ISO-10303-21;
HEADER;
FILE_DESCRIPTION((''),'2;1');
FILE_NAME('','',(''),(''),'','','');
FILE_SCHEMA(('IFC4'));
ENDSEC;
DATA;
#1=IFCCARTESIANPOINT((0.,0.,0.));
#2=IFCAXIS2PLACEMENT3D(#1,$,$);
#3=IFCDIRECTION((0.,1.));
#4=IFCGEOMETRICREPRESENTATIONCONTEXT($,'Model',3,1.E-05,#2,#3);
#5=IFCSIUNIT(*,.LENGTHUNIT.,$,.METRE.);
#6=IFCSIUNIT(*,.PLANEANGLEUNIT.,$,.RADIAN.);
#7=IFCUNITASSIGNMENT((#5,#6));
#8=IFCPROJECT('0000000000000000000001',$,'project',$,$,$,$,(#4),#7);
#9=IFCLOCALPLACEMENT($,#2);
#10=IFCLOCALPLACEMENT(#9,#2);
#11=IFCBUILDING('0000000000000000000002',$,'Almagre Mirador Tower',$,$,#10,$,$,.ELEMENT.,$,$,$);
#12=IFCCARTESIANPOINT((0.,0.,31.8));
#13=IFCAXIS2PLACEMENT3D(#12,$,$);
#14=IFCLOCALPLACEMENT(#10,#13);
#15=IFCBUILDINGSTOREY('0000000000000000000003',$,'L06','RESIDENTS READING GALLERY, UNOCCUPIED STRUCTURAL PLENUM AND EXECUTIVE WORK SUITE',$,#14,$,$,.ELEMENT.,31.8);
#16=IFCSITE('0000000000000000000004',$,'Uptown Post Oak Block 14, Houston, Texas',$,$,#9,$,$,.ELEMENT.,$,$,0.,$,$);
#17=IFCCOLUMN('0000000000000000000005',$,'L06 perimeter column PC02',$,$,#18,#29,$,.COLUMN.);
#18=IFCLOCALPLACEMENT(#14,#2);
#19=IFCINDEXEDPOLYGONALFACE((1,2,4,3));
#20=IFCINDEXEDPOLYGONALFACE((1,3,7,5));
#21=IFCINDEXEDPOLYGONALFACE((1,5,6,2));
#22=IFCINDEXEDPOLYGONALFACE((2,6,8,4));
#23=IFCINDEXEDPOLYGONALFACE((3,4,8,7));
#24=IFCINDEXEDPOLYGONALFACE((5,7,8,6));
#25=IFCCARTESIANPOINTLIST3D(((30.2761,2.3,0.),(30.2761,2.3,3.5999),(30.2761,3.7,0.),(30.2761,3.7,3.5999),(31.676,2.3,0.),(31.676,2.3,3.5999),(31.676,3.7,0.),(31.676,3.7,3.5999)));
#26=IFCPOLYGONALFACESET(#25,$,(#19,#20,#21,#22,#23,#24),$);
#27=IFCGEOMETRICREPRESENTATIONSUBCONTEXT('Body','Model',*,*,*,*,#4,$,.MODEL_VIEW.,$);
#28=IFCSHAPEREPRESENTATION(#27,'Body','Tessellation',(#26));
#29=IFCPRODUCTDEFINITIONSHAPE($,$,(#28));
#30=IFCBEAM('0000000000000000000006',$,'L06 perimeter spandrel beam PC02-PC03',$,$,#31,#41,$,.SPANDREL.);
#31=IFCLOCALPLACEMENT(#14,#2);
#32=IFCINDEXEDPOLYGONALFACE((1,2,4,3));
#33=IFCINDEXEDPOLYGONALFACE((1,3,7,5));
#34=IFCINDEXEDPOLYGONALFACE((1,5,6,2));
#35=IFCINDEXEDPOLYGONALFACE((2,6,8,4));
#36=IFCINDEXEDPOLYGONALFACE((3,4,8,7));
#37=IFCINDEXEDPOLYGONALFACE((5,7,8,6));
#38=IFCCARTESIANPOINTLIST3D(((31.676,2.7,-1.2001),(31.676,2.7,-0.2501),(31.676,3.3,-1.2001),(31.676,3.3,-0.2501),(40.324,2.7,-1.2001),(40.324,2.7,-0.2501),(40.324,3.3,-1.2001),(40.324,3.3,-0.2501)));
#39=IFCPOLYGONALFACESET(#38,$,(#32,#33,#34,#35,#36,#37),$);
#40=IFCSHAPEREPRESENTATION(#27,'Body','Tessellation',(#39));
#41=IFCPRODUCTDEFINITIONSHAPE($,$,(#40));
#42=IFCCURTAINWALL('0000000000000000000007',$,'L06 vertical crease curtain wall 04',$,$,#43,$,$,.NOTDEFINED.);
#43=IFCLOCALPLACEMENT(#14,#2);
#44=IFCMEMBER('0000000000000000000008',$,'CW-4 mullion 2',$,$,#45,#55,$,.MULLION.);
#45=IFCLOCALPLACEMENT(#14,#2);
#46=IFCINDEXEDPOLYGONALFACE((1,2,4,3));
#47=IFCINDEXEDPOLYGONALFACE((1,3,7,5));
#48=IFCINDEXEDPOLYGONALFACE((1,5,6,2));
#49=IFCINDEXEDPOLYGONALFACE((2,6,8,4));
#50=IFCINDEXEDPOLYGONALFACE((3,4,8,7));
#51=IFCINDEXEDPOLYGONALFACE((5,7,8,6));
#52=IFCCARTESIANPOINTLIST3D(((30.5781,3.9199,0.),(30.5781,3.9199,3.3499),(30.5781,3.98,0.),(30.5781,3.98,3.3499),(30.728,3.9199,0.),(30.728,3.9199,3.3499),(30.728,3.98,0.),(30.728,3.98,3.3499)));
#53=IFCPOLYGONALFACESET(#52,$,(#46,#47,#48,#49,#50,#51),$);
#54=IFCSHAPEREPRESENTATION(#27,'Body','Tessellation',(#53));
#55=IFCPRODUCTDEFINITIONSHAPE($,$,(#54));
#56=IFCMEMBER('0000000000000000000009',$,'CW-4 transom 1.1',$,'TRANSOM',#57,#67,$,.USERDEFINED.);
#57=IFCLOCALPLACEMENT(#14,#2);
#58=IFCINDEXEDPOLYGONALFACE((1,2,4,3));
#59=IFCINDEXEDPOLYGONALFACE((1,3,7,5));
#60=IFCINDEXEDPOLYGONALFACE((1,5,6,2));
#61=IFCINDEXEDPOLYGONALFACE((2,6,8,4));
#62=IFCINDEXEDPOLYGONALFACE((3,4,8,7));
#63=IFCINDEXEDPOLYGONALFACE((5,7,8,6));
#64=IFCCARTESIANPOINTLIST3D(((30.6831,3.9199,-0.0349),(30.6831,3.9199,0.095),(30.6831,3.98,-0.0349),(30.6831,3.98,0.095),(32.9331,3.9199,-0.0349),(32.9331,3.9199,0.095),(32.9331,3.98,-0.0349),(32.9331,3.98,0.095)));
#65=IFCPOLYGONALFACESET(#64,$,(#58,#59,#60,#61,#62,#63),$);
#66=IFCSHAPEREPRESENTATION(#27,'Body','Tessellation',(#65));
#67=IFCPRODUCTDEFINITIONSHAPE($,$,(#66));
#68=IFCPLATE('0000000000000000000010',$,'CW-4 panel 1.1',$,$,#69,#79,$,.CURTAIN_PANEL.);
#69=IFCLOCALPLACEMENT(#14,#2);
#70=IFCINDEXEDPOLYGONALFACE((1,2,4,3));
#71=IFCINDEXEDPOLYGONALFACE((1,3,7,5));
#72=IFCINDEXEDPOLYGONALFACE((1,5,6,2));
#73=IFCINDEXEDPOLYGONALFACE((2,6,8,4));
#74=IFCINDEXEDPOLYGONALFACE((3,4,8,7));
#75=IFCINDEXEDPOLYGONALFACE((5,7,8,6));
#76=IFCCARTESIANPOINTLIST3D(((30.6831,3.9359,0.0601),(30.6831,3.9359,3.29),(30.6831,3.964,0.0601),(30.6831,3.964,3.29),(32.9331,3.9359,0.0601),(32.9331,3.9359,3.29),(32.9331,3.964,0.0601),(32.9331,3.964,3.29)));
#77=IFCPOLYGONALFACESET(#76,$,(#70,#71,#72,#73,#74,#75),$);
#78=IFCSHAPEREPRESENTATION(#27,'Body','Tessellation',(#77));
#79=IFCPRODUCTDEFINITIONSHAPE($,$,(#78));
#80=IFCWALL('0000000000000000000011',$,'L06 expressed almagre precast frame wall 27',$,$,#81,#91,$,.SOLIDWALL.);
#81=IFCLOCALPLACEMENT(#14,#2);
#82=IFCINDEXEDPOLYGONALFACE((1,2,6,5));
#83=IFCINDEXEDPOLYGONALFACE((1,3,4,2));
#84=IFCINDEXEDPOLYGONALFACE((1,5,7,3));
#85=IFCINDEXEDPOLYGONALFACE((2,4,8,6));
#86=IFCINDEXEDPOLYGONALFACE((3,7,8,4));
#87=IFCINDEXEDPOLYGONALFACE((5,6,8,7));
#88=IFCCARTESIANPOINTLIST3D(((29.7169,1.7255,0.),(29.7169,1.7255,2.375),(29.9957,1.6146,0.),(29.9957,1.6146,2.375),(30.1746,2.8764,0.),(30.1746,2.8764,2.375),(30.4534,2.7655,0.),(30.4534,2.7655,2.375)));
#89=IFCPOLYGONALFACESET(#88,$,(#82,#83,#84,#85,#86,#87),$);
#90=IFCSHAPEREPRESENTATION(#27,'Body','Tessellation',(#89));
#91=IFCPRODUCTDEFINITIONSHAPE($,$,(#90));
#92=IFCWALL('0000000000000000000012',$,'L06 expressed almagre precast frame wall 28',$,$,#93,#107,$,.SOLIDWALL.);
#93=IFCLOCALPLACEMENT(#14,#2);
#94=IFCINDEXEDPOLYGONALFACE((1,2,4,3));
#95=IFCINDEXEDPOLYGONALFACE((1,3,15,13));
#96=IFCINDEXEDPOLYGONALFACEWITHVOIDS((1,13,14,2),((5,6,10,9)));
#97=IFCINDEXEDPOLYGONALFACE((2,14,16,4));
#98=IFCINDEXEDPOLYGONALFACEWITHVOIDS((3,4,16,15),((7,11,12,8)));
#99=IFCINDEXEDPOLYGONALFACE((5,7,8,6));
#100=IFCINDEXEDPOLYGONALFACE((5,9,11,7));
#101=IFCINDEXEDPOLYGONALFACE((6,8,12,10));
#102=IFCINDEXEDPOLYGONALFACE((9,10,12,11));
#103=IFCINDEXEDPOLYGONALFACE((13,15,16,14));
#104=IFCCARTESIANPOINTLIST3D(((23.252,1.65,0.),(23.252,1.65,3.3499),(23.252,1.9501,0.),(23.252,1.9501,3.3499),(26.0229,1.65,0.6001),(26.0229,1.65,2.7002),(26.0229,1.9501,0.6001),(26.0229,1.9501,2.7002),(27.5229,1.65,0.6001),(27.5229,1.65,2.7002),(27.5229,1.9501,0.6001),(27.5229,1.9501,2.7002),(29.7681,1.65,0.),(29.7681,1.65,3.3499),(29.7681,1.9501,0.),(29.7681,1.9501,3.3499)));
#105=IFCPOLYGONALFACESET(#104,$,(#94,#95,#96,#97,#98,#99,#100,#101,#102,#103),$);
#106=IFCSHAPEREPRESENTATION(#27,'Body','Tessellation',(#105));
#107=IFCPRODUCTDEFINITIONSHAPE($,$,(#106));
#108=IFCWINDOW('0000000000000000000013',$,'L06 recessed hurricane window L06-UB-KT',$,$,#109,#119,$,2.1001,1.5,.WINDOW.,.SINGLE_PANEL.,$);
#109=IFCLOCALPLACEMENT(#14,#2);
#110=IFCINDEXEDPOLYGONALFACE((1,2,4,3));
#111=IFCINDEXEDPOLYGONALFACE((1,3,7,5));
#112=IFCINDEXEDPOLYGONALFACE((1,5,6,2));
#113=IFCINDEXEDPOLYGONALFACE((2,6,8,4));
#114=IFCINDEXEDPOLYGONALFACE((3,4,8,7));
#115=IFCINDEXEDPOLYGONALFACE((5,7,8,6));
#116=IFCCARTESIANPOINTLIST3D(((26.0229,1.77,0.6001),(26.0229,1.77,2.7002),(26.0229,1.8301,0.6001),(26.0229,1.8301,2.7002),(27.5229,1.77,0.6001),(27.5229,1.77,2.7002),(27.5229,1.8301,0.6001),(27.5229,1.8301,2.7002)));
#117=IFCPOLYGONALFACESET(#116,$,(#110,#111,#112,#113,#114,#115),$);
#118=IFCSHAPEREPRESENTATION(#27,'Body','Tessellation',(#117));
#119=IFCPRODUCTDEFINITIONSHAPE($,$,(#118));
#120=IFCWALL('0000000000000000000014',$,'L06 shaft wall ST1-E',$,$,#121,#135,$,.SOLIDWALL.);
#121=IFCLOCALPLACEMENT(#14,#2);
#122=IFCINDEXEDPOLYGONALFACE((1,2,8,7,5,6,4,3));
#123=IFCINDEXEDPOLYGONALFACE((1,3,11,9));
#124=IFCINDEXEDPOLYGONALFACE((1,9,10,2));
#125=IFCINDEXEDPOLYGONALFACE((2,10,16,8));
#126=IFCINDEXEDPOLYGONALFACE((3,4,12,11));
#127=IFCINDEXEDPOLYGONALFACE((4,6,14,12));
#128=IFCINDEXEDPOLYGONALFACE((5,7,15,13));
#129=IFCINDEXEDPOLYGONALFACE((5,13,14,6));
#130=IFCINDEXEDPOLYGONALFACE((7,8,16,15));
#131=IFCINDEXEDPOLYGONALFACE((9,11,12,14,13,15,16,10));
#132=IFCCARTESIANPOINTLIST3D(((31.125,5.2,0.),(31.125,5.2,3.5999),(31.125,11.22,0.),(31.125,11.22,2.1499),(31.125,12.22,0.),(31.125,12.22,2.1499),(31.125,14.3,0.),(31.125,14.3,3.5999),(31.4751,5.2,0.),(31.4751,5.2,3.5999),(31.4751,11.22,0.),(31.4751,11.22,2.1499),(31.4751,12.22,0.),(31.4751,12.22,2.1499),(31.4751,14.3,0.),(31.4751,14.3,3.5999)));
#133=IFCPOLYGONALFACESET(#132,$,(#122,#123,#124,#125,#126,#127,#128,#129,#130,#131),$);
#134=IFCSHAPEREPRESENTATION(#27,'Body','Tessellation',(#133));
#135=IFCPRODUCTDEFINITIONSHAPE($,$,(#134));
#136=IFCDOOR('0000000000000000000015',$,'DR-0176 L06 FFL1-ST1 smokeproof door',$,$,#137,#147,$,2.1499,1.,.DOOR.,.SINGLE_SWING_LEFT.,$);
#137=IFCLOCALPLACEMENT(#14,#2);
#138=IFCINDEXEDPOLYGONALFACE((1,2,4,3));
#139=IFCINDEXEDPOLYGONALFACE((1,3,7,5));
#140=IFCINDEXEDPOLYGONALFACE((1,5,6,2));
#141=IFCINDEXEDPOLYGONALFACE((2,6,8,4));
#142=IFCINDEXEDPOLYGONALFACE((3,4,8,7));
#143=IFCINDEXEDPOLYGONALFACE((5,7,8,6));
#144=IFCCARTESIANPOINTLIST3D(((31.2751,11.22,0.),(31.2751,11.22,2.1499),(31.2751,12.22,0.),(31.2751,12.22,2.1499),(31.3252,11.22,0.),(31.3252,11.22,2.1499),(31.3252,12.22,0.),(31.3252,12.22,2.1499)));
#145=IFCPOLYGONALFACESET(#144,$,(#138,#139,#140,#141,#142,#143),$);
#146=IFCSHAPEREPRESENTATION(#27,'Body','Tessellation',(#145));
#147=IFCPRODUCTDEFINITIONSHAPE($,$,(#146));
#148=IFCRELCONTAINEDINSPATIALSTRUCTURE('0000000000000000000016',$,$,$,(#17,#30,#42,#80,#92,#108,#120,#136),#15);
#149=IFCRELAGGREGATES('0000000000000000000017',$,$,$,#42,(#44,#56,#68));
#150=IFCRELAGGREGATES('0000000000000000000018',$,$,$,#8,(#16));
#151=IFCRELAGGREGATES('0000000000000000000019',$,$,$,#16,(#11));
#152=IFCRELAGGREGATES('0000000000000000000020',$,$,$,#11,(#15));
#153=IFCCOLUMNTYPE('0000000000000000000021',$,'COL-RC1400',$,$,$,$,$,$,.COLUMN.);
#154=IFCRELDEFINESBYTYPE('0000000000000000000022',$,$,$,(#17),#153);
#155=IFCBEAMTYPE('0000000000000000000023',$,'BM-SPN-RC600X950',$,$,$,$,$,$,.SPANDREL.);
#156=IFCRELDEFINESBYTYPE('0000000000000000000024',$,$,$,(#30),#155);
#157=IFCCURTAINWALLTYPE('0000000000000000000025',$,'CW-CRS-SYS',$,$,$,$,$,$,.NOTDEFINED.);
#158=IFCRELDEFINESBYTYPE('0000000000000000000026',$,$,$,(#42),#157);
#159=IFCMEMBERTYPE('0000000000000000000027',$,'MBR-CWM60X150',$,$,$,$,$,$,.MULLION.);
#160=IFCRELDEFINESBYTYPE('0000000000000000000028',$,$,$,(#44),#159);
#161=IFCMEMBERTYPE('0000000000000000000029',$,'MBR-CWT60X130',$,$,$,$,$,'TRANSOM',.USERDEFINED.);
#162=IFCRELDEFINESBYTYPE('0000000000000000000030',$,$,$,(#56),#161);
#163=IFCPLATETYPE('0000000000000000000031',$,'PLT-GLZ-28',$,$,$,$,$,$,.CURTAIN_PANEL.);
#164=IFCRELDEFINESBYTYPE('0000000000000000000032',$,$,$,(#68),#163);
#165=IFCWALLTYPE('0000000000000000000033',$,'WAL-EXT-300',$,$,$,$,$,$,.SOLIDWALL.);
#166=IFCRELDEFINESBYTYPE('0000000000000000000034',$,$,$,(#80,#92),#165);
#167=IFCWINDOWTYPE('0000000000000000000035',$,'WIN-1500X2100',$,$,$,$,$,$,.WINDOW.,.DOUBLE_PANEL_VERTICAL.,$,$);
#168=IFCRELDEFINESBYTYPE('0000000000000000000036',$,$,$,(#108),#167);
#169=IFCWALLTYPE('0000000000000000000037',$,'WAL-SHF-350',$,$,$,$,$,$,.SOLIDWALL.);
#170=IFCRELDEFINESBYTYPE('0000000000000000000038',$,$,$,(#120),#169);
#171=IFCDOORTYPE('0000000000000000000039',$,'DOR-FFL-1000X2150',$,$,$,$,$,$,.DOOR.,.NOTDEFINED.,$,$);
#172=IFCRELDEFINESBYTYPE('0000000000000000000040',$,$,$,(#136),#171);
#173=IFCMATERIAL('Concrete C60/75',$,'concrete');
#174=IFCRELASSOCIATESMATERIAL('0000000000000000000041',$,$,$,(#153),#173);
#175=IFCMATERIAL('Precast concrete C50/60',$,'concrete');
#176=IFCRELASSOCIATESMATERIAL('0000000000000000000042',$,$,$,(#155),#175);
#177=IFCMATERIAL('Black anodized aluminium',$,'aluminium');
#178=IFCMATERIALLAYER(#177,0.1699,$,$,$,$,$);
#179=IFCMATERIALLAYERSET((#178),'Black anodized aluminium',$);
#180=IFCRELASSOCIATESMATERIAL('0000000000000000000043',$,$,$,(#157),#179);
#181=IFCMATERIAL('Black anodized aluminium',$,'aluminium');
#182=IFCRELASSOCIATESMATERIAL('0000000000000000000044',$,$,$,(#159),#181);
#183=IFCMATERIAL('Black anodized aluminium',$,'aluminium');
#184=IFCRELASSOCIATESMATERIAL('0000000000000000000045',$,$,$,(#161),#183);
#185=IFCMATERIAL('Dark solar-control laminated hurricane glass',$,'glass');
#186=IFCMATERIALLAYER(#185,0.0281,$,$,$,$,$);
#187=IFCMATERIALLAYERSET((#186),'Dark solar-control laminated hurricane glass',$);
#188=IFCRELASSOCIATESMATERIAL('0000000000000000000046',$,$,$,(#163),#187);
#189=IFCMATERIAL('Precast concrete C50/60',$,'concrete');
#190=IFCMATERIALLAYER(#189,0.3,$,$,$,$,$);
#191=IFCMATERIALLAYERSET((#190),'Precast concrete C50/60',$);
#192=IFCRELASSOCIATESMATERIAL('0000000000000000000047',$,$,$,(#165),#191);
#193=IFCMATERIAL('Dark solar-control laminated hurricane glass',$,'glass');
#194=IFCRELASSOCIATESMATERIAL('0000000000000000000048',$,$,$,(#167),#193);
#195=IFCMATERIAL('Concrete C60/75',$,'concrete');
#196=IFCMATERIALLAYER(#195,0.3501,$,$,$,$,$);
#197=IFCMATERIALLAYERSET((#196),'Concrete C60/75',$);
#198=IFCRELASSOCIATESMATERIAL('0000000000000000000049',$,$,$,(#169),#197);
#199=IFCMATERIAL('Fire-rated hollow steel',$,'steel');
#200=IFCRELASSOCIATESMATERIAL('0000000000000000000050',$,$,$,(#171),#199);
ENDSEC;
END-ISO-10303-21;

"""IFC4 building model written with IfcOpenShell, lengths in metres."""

from ifc_helpers import new_model, si_unit, direction, frame, frame_2d, origin, origin_2d, place, context, subcontext, project, spatial, rectangle, extrude, material, layer, layer_set, material_profile, profile_set, type_object, element, fill, aggregate, save


model = new_model("IFC4")

# Units and contexts
model_context = context("Model", 3, precision=1e-05, world=origin(), true_north=direction((0.0, 1.0)))
body_context = subcontext(model_context, "Body", "Model", "MODEL_VIEW")
ifc_project = project(units=[si_unit("LENGTHUNIT", "METRE"), si_unit("PLANEANGLEUNIT", "RADIAN")], contexts=[model_context])

# Site, building, storey
site_placement = place(None, origin())
site = spatial("IfcSite", under=ifc_project, at=site_placement, Name="Uptown Post Oak Block 14, Houston, Texas", CompositionType="ELEMENT", RefElevation=0.0)
building_placement = place(site_placement, origin())
building = spatial("IfcBuilding", under=site, at=building_placement, Name="Almagre Mirador Tower", CompositionType="ELEMENT")
storey_placement = place(building_placement, frame((0.0, 0.0, 31.8)))
storey = spatial("IfcBuildingStorey", under=building, at=storey_placement, Name="L06", Description="RESIDENTS READING GALLERY, UNOCCUPIED STRUCTURAL PLENUM AND EXECUTIVE WORK SUITE", CompositionType="ELEMENT", Elevation=31.8)

# Column
ifc_material_1 = material(Name="Concrete C60/75", Category="concrete")
ifc_material_profile_1 = material_profile(ifc_material_1, rectangle(XDim=1.3999, YDim=1.3999, at=origin_2d()), Name="RC1400X1400")
ifc_profile_set_1 = profile_set([ifc_material_profile_1], Name="Concrete C60/75")
column_type = type_object("IfcColumnType", Name="COL-RC1400", PredefinedType="COLUMN", material=ifc_profile_set_1)
column_placement = place(storey_placement, frame((30.9761, 3.0, 0.0), z_axis=(0.0, 0.0, 1.0), x_axis=(1.0, 0.0, 0.0)))
element("IfcColumn", 1, at=column_placement, inside=storey, type_object=column_type, Name="L06 perimeter column PC02", PredefinedType="COLUMN", context=body_context, shape_type="SweptSolid", body=[
    extrude(rectangle(XDim=1.3999, YDim=1.3999, at=origin_2d()), origin(), (0.0, 0.0, 1.0), 3.5999),
])

# Beam
ifc_material_2 = material(Name="Precast concrete C50/60", Category="concrete")
ifc_material_profile_2 = material_profile(ifc_material_2, rectangle(XDim=0.6001, YDim=0.95, at=origin_2d()), Name="RC600X950")
ifc_profile_set_2 = profile_set([ifc_material_profile_2], Name="Precast concrete C50/60")
beam_type = type_object("IfcBeamType", Name="BM-SPN-RC600X950", PredefinedType="SPANDREL", material=ifc_profile_set_2)
beam_placement = place(storey_placement, frame((31.676, 3.0, -0.7251), z_axis=(1.0, 0.0, 0.0), x_axis=(0.0, 1.0, 0.0)))
element("IfcBeam", 2, at=beam_placement, inside=storey, type_object=beam_type, Name="L06 perimeter spandrel beam PC02-PC03", PredefinedType="SPANDREL", context=body_context, shape_type="SweptSolid", body=[
    extrude(rectangle(XDim=0.6001, YDim=0.95, at=origin_2d()), origin(), (0.0, 0.0, 1.0), 8.6479),
])

# Curtain wall, members, plate
ifc_material_3 = material(Name="Black anodized aluminium", Category="aluminium")
ifc_layer_1 = layer(ifc_material_3, 0.1699)
ifc_layer_set_1 = layer_set([ifc_layer_1], Name="Black anodized aluminium")
curtain_wall_type = type_object("IfcCurtainWallType", Name="CW-CRS-SYS", PredefinedType="NOTDEFINED", material=ifc_layer_set_1)
curtain_wall_placement = place(storey_placement, origin())
curtain_wall = element("IfcCurtainWall", 3, at=curtain_wall_placement, inside=storey, type_object=curtain_wall_type, Name="L06 vertical crease curtain wall 04", PredefinedType="NOTDEFINED")
ifc_material_4 = material(Name="Black anodized aluminium", Category="aluminium")
ifc_material_profile_3 = material_profile(ifc_material_4, rectangle(XDim=0.0601, YDim=0.1499, at=origin_2d()), Name="CWM60X150")
ifc_profile_set_3 = profile_set([ifc_material_profile_3], Name="Black anodized aluminium")
member_type_1 = type_object("IfcMemberType", Name="MBR-CWM60X150", PredefinedType="MULLION", material=ifc_profile_set_3)
member_1_placement = place(storey_placement, frame((30.6531, 3.95, 0.0), z_axis=(0.0, 0.0, 1.0), x_axis=(0.0, -1.0, 0.0)))
member_1 = element("IfcMember", 4, at=member_1_placement, type_object=member_type_1, Name="CW-4 mullion 2", PredefinedType="MULLION", context=body_context, shape_type="SweptSolid", body=[
    extrude(rectangle(XDim=0.0601, YDim=0.1499, at=origin_2d()), origin(), (0.0, 0.0, 1.0), 3.3499),
])
ifc_material_5 = material(Name="Black anodized aluminium", Category="aluminium")
ifc_material_profile_4 = material_profile(ifc_material_5, rectangle(XDim=0.0601, YDim=0.1299, at=origin_2d()), Name="CWT60X130")
ifc_profile_set_4 = profile_set([ifc_material_profile_4], Name="Black anodized aluminium")
member_type_2 = type_object("IfcMemberType", Name="MBR-CWT60X130", ElementType="TRANSOM", PredefinedType="USERDEFINED", material=ifc_profile_set_4)
member_2_placement = place(storey_placement, frame((32.9331, 3.95, 0.03), z_axis=(-1.0, 0.0, 0.0), x_axis=(0.0, -1.0, 0.0)))
member_2 = element("IfcMember", 5, at=member_2_placement, type_object=member_type_2, Name="CW-4 transom 1.1", ObjectType="TRANSOM", PredefinedType="USERDEFINED", context=body_context, shape_type="SweptSolid", body=[
    extrude(rectangle(XDim=0.0601, YDim=0.1299, at=origin_2d()), origin(), (0.0, 0.0, 1.0), 2.25),
])
ifc_material_6 = material(Name="Dark solar-control laminated hurricane glass", Category="glass")
ifc_layer_2 = layer(ifc_material_6, 0.0281)
ifc_layer_set_2 = layer_set([ifc_layer_2], Name="Dark solar-control laminated hurricane glass")
plate_type = type_object("IfcPlateType", Name="PLT-GLZ-28", PredefinedType="CURTAIN_PANEL", material=ifc_layer_set_2)
plate_placement = place(storey_placement, frame((31.8081, 3.95, 0.0601), z_axis=(0.0, 0.0, 1.0), x_axis=(-1.0, 0.0, 0.0)))
plate = element("IfcPlate", 6, at=plate_placement, type_object=plate_type, Name="CW-4 panel 1.1", PredefinedType="CURTAIN_PANEL", context=body_context, shape_type="SweptSolid", body=[
    extrude(rectangle(XDim=2.25, YDim=0.0281, at=origin_2d()), origin(), (0.0, 0.0, 1.0), 3.23),
])
aggregate(curtain_wall, [member_1, member_2, plate])

# Wall
ifc_material_7 = material(Name="Precast concrete C50/60", Category="concrete")
ifc_layer_3 = layer(ifc_material_7, 0.3)
ifc_layer_set_3 = layer_set([ifc_layer_3], Name="Precast concrete C50/60")
wall_type_1 = type_object("IfcWallType", Name="WAL-EXT-300", PredefinedType="SOLIDWALL", material=ifc_layer_set_3)
wall_1_placement = place(storey_placement, frame((30.314, 2.8208, 0.0), z_axis=(0.0, 0.0, 1.0), x_axis=(-0.369589, -0.929195, 0.0)))
element("IfcWall", 7, at=wall_1_placement, inside=storey, type_object=wall_type_1, Name="L06 expressed almagre precast frame wall 27", PredefinedType="SOLIDWALL", context=body_context, shape_type="SweptSolid", body=[
    extrude(rectangle(XDim=1.2385, YDim=0.3, at=frame_2d((0.6191, 0.0))), origin(), (0.0, 0.0, 1.0), 2.375),
])

# Wall, opening, window
wall_2_placement = place(storey_placement, frame((29.7681, 1.8, 0.0), z_axis=(0.0, 0.0, 1.0), x_axis=(-1.0, 0.0, 0.0)))
wall_2 = element("IfcWall", 8, at=wall_2_placement, inside=storey, type_object=wall_type_1, Name="L06 expressed almagre precast frame wall 28", PredefinedType="SOLIDWALL", context=body_context, shape_type="SweptSolid", body=[
    extrude(rectangle(XDim=6.5161, YDim=0.3, at=frame_2d((3.2581, 0.0))), origin(), (0.0, 0.0, 1.0), 3.3499),
])
opening_1_placement = place(wall_2_placement, frame((2.2451, 0.0, 0.6001)))
opening_1 = element("IfcOpeningElement", 9, at=opening_1_placement, cuts=wall_2, PredefinedType="OPENING", context=body_context, shape_type="SweptSolid", body=[
    extrude(rectangle(XDim=1.5, YDim=2.1001, at=frame_2d((0.75, 1.05))), frame((0.0, 0.1599, 0.0), z_axis=(0.0, -1.0, 0.0), x_axis=(1.0, 0.0, 0.0)), (0.0, 0.0, 1.0), 0.32),
])
ifc_material_8 = material(Name="Dark solar-control laminated hurricane glass", Category="glass")
window_type = type_object("IfcWindowType", Name="WIN-1500X2100", PartitioningType="DOUBLE_PANEL_VERTICAL", PredefinedType="WINDOW", material=ifc_material_8)
window_placement = place(opening_1_placement, origin())
window = element("IfcWindow", 10, at=window_placement, inside=storey, type_object=window_type, Name="L06 recessed hurricane window L06-UB-KT", OverallHeight=2.1001, OverallWidth=1.5, PartitioningType="SINGLE_PANEL", PredefinedType="WINDOW", context=body_context, shape_type="SweptSolid", body=[
    extrude(rectangle(XDim=1.5, YDim=2.1001, at=frame_2d((0.75, 1.05))), frame((0.0, 0.03, 0.0), z_axis=(0.0, -1.0, 0.0), x_axis=(1.0, 0.0, 0.0)), (0.0, 0.0, 1.0), 0.0601),
])
fill(opening_1, window)

# Wall, opening, door
ifc_material_9 = material(Name="Concrete C60/75", Category="concrete")
ifc_layer_4 = layer(ifc_material_9, 0.3501)
ifc_layer_set_4 = layer_set([ifc_layer_4], Name="Concrete C60/75")
wall_type_2 = type_object("IfcWallType", Name="WAL-SHF-350", PredefinedType="SOLIDWALL", material=ifc_layer_set_4)
wall_3_placement = place(storey_placement, frame((31.3, 5.2, 0.0), z_axis=(0.0, 0.0, 1.0), x_axis=(0.0, 1.0, 0.0)))
wall_3 = element("IfcWall", 11, at=wall_3_placement, inside=storey, type_object=wall_type_2, Name="L06 shaft wall ST1-E", PredefinedType="SOLIDWALL", context=body_context, shape_type="SweptSolid", body=[
    extrude(rectangle(XDim=9.1001, YDim=0.3501, at=frame_2d((4.55, 0.0))), origin(), (0.0, 0.0, 1.0), 3.5999),
])
opening_2_placement = place(wall_3_placement, frame((6.02, 0.0, 0.0)))
opening_2 = element("IfcOpeningElement", 12, at=opening_2_placement, cuts=wall_3, PredefinedType="OPENING", context=body_context, shape_type="SweptSolid", body=[
    extrude(rectangle(XDim=1.0, YDim=2.1499, at=frame_2d((0.5, 1.075))), frame((0.0, 0.185, 0.0), z_axis=(0.0, -1.0, 0.0), x_axis=(1.0, 0.0, 0.0)), (0.0, 0.0, 1.0), 0.3701),
])
ifc_material_10 = material(Name="Fire-rated hollow steel", Category="steel")
door_type_1 = type_object("IfcDoorType", Name="DOR-FFL-1000X2150", OperationType="NOTDEFINED", PredefinedType="DOOR", material=ifc_material_10)
door_1_placement = place(opening_2_placement, origin())
door_1 = element("IfcDoor", 13, at=door_1_placement, inside=storey, type_object=door_type_1, Name="DR-0176 L06 FFL1-ST1 smokeproof door", OperationType="SINGLE_SWING_LEFT", OverallHeight=2.1499, OverallWidth=1.0, PredefinedType="DOOR", context=body_context, shape_type="SweptSolid", body=[
    extrude(rectangle(XDim=1.0, YDim=2.1499, at=frame_2d((0.5, 1.075))), frame((0.0, 0.0249, 0.0), z_axis=(0.0, -1.0, 0.0), x_axis=(1.0, 0.0, 0.0)), (0.0, 0.0, 1.0), 0.05),
])
fill(opening_2, door_1)

save(model, "model.ifc")
